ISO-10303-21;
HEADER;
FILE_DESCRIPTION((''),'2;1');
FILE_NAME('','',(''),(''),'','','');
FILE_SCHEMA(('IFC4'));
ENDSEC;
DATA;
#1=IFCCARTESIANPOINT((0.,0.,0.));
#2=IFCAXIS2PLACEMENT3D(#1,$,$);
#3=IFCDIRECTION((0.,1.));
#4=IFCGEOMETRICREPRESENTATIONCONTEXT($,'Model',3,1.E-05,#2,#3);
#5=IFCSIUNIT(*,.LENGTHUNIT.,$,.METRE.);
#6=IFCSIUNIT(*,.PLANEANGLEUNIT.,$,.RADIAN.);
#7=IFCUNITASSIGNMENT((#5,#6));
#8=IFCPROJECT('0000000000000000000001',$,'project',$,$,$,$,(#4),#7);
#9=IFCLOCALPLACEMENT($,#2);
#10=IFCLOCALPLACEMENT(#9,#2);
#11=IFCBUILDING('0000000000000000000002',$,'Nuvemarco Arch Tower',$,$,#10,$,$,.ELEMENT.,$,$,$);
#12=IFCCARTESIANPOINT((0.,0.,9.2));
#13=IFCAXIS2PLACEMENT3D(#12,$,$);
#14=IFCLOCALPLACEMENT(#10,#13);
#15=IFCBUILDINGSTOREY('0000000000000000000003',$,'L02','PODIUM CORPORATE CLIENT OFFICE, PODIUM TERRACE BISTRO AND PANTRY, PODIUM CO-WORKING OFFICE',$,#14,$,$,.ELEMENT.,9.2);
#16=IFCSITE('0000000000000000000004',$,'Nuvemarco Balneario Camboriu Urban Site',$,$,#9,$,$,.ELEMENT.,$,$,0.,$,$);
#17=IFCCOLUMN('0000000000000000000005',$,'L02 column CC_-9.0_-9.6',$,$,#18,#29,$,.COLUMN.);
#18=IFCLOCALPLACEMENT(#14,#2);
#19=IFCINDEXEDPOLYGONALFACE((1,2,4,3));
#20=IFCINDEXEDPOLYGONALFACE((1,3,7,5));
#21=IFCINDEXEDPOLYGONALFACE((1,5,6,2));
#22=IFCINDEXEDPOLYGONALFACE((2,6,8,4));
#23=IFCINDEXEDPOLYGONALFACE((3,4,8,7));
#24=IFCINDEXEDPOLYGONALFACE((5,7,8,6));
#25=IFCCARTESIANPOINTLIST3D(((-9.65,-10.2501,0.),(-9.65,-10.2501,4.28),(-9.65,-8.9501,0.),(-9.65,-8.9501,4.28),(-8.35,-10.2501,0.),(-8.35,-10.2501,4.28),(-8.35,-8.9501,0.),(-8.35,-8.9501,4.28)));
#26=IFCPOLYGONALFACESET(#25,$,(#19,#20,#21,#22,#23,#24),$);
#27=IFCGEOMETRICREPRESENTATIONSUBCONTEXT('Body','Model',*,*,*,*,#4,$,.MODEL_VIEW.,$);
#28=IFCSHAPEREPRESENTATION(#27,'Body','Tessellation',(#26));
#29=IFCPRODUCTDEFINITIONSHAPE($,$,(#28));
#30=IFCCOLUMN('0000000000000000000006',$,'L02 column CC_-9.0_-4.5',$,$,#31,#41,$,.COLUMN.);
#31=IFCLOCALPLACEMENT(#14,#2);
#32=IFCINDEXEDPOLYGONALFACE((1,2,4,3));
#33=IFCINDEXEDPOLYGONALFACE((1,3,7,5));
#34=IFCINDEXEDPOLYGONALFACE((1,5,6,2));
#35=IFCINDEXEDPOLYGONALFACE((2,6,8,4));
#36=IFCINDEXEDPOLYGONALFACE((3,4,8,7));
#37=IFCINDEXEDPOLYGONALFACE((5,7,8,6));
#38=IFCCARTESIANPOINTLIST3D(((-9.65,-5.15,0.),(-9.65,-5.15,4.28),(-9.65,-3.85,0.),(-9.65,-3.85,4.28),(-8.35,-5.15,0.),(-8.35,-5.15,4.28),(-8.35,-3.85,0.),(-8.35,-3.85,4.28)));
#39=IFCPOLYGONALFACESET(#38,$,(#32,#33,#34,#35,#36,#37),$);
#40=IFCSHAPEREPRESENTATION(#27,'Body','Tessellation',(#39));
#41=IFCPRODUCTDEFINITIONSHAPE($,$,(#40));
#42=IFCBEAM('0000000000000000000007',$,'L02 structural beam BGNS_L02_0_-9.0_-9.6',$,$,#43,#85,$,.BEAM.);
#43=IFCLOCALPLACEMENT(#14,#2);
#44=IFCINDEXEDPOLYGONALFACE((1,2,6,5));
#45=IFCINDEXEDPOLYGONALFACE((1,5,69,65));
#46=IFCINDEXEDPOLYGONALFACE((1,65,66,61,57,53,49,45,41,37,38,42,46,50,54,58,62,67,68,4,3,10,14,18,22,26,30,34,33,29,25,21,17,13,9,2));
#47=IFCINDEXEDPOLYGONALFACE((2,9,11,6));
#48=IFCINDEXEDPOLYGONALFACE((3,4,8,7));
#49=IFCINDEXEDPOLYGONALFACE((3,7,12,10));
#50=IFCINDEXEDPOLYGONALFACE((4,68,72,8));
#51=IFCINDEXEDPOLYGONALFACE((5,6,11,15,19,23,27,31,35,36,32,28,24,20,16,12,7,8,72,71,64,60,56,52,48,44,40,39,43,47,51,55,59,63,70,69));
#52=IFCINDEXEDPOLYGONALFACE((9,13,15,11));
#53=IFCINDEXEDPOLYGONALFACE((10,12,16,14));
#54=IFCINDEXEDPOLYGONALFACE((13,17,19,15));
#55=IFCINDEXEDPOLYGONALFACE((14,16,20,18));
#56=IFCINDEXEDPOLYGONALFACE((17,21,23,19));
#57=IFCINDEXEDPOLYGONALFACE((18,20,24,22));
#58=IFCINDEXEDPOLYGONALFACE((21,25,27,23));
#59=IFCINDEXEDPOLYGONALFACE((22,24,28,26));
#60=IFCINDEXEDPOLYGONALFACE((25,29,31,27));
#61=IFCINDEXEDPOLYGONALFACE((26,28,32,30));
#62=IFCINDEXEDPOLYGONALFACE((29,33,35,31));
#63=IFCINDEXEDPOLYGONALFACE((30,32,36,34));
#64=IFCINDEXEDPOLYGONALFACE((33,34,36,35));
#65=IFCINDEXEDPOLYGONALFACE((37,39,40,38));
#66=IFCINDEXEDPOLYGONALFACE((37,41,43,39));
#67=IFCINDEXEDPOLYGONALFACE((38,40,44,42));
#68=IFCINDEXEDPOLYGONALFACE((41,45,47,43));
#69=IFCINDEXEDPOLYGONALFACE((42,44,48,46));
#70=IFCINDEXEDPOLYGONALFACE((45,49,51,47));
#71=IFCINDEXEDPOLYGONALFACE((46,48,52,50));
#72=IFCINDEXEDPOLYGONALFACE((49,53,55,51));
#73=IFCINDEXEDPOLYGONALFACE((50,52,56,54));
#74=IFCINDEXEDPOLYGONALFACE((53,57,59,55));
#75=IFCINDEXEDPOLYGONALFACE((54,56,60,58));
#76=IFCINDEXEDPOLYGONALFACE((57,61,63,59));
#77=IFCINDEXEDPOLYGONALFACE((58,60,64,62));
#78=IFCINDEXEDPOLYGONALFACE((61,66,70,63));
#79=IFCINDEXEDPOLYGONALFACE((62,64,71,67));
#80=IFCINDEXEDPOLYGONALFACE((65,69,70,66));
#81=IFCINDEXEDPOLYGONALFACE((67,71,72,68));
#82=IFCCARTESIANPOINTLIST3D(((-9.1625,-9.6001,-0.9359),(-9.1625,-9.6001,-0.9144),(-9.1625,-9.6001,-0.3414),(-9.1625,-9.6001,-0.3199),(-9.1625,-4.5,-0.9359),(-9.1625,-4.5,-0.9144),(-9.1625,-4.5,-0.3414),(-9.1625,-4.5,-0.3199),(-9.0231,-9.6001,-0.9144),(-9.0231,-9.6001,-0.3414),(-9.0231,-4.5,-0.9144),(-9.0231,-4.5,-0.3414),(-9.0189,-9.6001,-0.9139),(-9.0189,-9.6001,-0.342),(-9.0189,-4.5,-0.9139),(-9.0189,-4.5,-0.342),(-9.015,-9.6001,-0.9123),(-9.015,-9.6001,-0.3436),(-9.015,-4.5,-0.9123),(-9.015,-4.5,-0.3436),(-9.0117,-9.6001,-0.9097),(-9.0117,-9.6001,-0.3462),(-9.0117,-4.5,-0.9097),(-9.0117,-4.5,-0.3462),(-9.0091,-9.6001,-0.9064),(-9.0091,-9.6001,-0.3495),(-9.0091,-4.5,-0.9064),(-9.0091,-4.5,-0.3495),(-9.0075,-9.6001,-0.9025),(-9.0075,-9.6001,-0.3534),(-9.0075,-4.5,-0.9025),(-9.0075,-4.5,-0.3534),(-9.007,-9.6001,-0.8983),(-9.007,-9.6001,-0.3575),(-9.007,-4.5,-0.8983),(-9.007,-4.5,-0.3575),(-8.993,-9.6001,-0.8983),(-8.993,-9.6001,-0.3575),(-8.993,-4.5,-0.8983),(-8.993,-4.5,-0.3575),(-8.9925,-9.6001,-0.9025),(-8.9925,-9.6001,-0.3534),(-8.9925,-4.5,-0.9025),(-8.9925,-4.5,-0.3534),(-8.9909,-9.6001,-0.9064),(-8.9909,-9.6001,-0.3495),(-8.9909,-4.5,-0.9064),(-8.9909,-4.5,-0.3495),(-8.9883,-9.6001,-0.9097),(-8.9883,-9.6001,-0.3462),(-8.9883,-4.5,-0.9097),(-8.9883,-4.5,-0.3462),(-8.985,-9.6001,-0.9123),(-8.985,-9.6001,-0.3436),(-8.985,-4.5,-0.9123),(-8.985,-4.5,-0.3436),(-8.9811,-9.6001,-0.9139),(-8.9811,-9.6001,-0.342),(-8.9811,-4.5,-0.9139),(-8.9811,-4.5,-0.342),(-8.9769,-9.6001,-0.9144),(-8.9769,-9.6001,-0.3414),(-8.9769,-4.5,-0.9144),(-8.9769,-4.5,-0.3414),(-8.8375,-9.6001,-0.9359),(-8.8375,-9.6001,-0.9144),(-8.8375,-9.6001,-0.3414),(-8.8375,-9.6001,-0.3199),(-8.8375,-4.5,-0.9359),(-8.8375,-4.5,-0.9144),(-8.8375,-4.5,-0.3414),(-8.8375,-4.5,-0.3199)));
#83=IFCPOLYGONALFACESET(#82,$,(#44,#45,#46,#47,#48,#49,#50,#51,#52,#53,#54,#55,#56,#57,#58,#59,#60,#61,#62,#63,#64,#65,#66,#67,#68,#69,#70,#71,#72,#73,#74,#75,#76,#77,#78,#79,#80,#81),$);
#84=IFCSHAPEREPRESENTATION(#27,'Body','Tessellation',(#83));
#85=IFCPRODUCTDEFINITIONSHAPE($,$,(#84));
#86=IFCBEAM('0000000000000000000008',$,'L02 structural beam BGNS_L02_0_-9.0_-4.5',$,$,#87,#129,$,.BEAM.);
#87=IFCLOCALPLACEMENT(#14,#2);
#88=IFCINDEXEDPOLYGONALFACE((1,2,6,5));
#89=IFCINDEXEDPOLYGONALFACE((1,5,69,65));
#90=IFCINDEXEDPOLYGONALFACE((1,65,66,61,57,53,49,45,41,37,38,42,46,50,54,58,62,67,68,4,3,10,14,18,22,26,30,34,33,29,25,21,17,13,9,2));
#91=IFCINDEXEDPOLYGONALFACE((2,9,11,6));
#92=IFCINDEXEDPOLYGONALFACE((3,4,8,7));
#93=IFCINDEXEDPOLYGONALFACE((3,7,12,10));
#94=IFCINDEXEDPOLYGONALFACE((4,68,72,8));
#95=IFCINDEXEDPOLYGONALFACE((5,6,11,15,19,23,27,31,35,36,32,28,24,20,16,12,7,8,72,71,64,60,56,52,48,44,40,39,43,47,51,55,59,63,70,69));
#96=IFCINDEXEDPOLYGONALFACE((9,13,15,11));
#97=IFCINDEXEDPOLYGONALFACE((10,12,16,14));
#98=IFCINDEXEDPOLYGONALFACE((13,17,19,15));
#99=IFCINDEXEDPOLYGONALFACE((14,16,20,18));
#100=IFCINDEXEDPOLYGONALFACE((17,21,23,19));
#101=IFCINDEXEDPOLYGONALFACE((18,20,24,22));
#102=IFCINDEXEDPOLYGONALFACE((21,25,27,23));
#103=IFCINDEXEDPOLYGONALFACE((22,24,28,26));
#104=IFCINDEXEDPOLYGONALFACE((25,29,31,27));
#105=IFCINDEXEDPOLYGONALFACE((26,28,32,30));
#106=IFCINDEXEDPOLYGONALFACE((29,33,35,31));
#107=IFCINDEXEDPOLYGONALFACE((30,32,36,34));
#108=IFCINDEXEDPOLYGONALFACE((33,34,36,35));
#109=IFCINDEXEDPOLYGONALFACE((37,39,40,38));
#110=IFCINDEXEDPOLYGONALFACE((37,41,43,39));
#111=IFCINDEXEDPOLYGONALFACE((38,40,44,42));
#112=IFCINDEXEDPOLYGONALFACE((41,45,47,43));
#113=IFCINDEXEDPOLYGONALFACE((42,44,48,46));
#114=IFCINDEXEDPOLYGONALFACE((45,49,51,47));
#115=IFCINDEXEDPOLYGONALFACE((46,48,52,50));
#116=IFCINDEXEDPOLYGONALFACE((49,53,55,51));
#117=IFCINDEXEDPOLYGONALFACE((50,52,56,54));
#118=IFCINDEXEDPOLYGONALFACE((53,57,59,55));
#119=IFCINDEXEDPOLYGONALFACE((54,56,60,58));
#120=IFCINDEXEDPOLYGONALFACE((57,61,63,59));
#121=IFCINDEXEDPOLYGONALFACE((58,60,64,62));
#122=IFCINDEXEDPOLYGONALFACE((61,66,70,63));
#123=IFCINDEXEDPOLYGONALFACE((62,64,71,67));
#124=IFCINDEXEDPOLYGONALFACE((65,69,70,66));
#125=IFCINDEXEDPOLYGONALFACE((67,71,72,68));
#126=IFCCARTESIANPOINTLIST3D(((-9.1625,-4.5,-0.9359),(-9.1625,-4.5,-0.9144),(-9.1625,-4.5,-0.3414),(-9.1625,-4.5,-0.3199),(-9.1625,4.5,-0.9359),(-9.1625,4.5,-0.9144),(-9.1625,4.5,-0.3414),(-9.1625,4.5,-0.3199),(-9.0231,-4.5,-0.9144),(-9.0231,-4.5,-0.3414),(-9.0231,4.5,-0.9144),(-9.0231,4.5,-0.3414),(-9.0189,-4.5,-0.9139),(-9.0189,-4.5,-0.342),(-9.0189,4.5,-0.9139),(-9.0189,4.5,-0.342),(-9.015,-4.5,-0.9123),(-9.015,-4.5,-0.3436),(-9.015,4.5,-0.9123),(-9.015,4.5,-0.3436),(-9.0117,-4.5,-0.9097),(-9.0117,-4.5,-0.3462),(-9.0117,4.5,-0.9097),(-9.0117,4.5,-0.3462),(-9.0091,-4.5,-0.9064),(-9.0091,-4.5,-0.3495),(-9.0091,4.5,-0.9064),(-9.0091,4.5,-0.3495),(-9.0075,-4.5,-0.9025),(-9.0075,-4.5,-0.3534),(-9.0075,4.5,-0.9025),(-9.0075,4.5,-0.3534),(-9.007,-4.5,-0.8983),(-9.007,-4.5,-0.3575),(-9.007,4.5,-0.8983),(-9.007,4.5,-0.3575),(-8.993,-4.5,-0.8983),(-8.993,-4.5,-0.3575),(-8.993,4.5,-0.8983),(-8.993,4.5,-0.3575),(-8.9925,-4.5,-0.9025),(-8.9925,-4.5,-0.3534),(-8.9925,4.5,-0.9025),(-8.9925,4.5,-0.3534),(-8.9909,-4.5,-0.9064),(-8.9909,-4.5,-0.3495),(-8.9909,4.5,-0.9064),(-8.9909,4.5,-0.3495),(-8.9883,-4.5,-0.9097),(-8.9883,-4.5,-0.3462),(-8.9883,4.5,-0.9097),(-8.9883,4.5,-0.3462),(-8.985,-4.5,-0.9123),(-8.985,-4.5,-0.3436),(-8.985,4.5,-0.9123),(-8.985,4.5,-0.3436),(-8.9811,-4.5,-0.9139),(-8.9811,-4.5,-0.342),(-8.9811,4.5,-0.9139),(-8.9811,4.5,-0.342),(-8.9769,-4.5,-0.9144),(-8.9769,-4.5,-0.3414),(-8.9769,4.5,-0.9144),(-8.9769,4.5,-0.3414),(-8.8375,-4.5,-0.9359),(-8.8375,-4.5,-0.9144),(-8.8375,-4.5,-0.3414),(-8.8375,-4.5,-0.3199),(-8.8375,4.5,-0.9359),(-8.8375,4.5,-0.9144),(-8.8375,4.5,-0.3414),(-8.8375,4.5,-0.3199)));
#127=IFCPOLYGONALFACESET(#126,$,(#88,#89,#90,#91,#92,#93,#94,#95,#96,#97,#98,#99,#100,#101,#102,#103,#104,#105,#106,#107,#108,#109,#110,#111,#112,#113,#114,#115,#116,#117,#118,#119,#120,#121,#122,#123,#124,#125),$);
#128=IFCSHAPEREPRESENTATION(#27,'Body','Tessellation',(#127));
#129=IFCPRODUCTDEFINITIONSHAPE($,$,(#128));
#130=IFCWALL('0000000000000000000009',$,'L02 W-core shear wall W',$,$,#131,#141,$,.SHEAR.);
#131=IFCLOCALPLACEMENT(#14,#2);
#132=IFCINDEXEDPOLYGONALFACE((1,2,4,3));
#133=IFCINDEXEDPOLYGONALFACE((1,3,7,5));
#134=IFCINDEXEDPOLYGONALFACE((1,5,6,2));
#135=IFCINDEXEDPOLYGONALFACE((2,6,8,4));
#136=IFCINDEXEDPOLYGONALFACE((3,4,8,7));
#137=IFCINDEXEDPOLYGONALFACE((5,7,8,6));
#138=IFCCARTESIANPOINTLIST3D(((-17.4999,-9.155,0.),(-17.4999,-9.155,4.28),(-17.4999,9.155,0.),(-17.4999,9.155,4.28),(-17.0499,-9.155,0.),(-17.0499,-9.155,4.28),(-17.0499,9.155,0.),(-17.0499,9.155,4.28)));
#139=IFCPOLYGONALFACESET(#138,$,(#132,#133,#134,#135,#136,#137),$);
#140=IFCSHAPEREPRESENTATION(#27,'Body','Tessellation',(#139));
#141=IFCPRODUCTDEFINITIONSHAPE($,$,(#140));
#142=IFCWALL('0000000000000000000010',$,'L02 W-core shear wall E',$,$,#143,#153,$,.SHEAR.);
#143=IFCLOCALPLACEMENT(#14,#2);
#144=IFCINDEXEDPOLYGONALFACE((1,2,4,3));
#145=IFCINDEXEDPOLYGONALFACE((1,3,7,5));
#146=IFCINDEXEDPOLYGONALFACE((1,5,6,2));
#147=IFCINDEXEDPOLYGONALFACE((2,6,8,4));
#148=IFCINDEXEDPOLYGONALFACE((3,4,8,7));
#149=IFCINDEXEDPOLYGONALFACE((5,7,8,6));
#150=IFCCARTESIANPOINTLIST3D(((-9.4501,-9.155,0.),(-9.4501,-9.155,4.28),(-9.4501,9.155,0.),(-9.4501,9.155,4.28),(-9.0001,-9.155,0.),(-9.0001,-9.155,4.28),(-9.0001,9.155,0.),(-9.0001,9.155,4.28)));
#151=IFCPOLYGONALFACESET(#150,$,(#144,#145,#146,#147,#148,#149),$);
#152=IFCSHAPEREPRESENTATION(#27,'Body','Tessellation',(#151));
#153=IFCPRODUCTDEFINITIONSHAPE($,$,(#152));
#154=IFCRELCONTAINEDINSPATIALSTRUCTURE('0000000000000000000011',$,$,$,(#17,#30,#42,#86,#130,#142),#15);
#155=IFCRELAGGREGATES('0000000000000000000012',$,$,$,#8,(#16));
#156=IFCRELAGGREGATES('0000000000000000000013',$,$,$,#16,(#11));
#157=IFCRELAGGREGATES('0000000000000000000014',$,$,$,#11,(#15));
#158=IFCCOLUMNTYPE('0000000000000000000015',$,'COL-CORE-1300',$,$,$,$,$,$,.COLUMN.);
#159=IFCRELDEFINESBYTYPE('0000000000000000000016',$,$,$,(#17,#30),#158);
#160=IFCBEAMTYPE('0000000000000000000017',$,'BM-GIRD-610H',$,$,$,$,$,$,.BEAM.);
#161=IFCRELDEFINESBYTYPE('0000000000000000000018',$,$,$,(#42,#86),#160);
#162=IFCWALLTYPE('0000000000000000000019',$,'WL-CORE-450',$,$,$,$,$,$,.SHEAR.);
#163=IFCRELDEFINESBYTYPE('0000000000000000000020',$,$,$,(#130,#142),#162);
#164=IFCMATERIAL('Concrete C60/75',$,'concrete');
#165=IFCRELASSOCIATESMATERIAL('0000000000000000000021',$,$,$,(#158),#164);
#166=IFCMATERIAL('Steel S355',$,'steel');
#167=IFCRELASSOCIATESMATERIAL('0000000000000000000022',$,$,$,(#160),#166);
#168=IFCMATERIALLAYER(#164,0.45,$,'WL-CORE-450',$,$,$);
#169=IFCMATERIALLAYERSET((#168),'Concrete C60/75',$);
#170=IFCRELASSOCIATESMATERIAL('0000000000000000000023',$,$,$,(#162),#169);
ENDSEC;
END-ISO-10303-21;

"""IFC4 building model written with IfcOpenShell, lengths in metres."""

from ifc_helpers import new_model, si_unit, direction, frame, frame_2d, origin, origin_2d, place, context, subcontext, project, spatial, rectangle, i_section, extrude, material, layer, layer_set, material_profile, profile_set, type_object, element, save


model = new_model("IFC4")

# Units and contexts
model_context = context("Model", 3, precision=1e-05, world=origin(), true_north=direction((0.0, 1.0)))
body_context = subcontext(model_context, "Body", "Model", "MODEL_VIEW")
ifc_project = project(units=[si_unit("LENGTHUNIT", "METRE"), si_unit("PLANEANGLEUNIT", "RADIAN")], contexts=[model_context])

# Site, building, storey
site_placement = place(None, origin())
site = spatial("IfcSite", under=ifc_project, at=site_placement, Name="Nuvemarco Balneario Camboriu Urban Site", CompositionType="ELEMENT", RefElevation=0.0)
building_placement = place(site_placement, origin())
building = spatial("IfcBuilding", under=site, at=building_placement, Name="Nuvemarco Arch Tower", CompositionType="ELEMENT")
storey_placement = place(building_placement, frame((0.0, 0.0, 9.2)))
storey = spatial("IfcBuildingStorey", under=building, at=storey_placement, Name="L02", Description="PODIUM CORPORATE CLIENT OFFICE, PODIUM TERRACE BISTRO AND PANTRY, PODIUM CO-WORKING OFFICE", CompositionType="ELEMENT", Elevation=9.2)

# Columns
ifc_material_1 = material(Name="Concrete C60/75", Category="concrete")
ifc_material_profile_1 = material_profile(ifc_material_1, rectangle(XDim=1.3, YDim=1.3, at=origin_2d()), Name="RC-COL-1300x1300")
ifc_profile_set_1 = profile_set([ifc_material_profile_1], Name="Concrete C60/75")
column_type = type_object("IfcColumnType", Name="COL-CORE-1300", PredefinedType="COLUMN", material=ifc_profile_set_1)
for number, where, z_axis, x_axis, name in (
    (1, (-9.0, -9.6001, 0.0), (0.0, 0.0, 1.0), (1.0, 0.0, 0.0), "L02 column CC_-9.0_-9.6"),
    (2, (-9.0, -4.5, 0.0), (0.0, 0.0, 1.0), (1.0, 0.0, 0.0), "L02 column CC_-9.0_-4.5"),
):
    element("IfcColumn", number, at=place(storey_placement, frame(where, z_axis=z_axis, x_axis=x_axis)), inside=storey, type_object=column_type, Name=name, PredefinedType="COLUMN", context=body_context, shape_type="SweptSolid", body=[
        extrude(rectangle(XDim=1.3, YDim=1.3, at=origin_2d()), origin(), (0.0, 0.0, 1.0), 4.28),
    ])

# Beams
ifc_material_2 = material(Name="Steel S355", Category="steel")
ifc_material_profile_2 = material_profile(ifc_material_2, i_section(OverallWidth=0.325, OverallDepth=0.616, WebThickness=0.0139, FlangeThickness=0.0215, FilletRadius=0.0161, at=origin_2d()), Name="W610x174")
ifc_profile_set_2 = profile_set([ifc_material_profile_2], Name="Steel S355")
beam_type = type_object("IfcBeamType", Name="BM-GIRD-610H", PredefinedType="BEAM", material=ifc_profile_set_2)
beam_1_placement = place(storey_placement, frame((-9.0, -9.6001, -0.6279), z_axis=(0.0, 1.0, 0.0), x_axis=(-1.0, 0.0, 0.0)))
element("IfcBeam", 3, at=beam_1_placement, inside=storey, type_object=beam_type, Name="L02 structural beam BGNS_L02_0_-9.0_-9.6", PredefinedType="BEAM", context=body_context, shape_type="SweptSolid", body=[
    extrude(i_section(OverallWidth=0.325, OverallDepth=0.616, WebThickness=0.0139, FlangeThickness=0.0215, FilletRadius=0.0161, at=origin_2d()), origin(), (0.0, 0.0, 1.0), 5.1001),
])
beam_2_placement = place(storey_placement, frame((-9.0, -4.5, -0.6279), z_axis=(0.0, 1.0, 0.0), x_axis=(-1.0, 0.0, 0.0)))
element("IfcBeam", 4, at=beam_2_placement, inside=storey, type_object=beam_type, Name="L02 structural beam BGNS_L02_0_-9.0_-4.5", PredefinedType="BEAM", context=body_context, shape_type="SweptSolid", body=[
    extrude(i_section(OverallWidth=0.325, OverallDepth=0.616, WebThickness=0.0139, FlangeThickness=0.0215, FilletRadius=0.0161, at=origin_2d()), origin(), (0.0, 0.0, 1.0), 9.0),
])

# Walls
ifc_layer_1 = layer(ifc_material_1, 0.45, Name="WL-CORE-450")
ifc_layer_set_1 = layer_set([ifc_layer_1], Name="Concrete C60/75")
wall_type_1 = type_object("IfcWallType", Name="WL-CORE-450", PredefinedType="SHEAR", material=ifc_layer_set_1)
for number, where, z_axis, x_axis, name in (
    (5, (-17.2749, -9.155, 0.0), (0.0, 0.0, 1.0), (0.0, 1.0, 0.0), "L02 W-core shear wall W"),
    (6, (-9.2251, -9.155, 0.0), (0.0, 0.0, 1.0), (0.0, 1.0, 0.0), "L02 W-core shear wall E"),
):
    element("IfcWall", number, at=place(storey_placement, frame(where, z_axis=z_axis, x_axis=x_axis)), inside=storey, type_object=wall_type_1, Name=name, PredefinedType="SHEAR", context=body_context, shape_type="SweptSolid", body=[
        extrude(rectangle(XDim=18.3101, YDim=0.45, at=frame_2d((9.155, 0.0))), origin(), (0.0, 0.0, 1.0), 4.28),
    ])

save(model, "model.ifc")
